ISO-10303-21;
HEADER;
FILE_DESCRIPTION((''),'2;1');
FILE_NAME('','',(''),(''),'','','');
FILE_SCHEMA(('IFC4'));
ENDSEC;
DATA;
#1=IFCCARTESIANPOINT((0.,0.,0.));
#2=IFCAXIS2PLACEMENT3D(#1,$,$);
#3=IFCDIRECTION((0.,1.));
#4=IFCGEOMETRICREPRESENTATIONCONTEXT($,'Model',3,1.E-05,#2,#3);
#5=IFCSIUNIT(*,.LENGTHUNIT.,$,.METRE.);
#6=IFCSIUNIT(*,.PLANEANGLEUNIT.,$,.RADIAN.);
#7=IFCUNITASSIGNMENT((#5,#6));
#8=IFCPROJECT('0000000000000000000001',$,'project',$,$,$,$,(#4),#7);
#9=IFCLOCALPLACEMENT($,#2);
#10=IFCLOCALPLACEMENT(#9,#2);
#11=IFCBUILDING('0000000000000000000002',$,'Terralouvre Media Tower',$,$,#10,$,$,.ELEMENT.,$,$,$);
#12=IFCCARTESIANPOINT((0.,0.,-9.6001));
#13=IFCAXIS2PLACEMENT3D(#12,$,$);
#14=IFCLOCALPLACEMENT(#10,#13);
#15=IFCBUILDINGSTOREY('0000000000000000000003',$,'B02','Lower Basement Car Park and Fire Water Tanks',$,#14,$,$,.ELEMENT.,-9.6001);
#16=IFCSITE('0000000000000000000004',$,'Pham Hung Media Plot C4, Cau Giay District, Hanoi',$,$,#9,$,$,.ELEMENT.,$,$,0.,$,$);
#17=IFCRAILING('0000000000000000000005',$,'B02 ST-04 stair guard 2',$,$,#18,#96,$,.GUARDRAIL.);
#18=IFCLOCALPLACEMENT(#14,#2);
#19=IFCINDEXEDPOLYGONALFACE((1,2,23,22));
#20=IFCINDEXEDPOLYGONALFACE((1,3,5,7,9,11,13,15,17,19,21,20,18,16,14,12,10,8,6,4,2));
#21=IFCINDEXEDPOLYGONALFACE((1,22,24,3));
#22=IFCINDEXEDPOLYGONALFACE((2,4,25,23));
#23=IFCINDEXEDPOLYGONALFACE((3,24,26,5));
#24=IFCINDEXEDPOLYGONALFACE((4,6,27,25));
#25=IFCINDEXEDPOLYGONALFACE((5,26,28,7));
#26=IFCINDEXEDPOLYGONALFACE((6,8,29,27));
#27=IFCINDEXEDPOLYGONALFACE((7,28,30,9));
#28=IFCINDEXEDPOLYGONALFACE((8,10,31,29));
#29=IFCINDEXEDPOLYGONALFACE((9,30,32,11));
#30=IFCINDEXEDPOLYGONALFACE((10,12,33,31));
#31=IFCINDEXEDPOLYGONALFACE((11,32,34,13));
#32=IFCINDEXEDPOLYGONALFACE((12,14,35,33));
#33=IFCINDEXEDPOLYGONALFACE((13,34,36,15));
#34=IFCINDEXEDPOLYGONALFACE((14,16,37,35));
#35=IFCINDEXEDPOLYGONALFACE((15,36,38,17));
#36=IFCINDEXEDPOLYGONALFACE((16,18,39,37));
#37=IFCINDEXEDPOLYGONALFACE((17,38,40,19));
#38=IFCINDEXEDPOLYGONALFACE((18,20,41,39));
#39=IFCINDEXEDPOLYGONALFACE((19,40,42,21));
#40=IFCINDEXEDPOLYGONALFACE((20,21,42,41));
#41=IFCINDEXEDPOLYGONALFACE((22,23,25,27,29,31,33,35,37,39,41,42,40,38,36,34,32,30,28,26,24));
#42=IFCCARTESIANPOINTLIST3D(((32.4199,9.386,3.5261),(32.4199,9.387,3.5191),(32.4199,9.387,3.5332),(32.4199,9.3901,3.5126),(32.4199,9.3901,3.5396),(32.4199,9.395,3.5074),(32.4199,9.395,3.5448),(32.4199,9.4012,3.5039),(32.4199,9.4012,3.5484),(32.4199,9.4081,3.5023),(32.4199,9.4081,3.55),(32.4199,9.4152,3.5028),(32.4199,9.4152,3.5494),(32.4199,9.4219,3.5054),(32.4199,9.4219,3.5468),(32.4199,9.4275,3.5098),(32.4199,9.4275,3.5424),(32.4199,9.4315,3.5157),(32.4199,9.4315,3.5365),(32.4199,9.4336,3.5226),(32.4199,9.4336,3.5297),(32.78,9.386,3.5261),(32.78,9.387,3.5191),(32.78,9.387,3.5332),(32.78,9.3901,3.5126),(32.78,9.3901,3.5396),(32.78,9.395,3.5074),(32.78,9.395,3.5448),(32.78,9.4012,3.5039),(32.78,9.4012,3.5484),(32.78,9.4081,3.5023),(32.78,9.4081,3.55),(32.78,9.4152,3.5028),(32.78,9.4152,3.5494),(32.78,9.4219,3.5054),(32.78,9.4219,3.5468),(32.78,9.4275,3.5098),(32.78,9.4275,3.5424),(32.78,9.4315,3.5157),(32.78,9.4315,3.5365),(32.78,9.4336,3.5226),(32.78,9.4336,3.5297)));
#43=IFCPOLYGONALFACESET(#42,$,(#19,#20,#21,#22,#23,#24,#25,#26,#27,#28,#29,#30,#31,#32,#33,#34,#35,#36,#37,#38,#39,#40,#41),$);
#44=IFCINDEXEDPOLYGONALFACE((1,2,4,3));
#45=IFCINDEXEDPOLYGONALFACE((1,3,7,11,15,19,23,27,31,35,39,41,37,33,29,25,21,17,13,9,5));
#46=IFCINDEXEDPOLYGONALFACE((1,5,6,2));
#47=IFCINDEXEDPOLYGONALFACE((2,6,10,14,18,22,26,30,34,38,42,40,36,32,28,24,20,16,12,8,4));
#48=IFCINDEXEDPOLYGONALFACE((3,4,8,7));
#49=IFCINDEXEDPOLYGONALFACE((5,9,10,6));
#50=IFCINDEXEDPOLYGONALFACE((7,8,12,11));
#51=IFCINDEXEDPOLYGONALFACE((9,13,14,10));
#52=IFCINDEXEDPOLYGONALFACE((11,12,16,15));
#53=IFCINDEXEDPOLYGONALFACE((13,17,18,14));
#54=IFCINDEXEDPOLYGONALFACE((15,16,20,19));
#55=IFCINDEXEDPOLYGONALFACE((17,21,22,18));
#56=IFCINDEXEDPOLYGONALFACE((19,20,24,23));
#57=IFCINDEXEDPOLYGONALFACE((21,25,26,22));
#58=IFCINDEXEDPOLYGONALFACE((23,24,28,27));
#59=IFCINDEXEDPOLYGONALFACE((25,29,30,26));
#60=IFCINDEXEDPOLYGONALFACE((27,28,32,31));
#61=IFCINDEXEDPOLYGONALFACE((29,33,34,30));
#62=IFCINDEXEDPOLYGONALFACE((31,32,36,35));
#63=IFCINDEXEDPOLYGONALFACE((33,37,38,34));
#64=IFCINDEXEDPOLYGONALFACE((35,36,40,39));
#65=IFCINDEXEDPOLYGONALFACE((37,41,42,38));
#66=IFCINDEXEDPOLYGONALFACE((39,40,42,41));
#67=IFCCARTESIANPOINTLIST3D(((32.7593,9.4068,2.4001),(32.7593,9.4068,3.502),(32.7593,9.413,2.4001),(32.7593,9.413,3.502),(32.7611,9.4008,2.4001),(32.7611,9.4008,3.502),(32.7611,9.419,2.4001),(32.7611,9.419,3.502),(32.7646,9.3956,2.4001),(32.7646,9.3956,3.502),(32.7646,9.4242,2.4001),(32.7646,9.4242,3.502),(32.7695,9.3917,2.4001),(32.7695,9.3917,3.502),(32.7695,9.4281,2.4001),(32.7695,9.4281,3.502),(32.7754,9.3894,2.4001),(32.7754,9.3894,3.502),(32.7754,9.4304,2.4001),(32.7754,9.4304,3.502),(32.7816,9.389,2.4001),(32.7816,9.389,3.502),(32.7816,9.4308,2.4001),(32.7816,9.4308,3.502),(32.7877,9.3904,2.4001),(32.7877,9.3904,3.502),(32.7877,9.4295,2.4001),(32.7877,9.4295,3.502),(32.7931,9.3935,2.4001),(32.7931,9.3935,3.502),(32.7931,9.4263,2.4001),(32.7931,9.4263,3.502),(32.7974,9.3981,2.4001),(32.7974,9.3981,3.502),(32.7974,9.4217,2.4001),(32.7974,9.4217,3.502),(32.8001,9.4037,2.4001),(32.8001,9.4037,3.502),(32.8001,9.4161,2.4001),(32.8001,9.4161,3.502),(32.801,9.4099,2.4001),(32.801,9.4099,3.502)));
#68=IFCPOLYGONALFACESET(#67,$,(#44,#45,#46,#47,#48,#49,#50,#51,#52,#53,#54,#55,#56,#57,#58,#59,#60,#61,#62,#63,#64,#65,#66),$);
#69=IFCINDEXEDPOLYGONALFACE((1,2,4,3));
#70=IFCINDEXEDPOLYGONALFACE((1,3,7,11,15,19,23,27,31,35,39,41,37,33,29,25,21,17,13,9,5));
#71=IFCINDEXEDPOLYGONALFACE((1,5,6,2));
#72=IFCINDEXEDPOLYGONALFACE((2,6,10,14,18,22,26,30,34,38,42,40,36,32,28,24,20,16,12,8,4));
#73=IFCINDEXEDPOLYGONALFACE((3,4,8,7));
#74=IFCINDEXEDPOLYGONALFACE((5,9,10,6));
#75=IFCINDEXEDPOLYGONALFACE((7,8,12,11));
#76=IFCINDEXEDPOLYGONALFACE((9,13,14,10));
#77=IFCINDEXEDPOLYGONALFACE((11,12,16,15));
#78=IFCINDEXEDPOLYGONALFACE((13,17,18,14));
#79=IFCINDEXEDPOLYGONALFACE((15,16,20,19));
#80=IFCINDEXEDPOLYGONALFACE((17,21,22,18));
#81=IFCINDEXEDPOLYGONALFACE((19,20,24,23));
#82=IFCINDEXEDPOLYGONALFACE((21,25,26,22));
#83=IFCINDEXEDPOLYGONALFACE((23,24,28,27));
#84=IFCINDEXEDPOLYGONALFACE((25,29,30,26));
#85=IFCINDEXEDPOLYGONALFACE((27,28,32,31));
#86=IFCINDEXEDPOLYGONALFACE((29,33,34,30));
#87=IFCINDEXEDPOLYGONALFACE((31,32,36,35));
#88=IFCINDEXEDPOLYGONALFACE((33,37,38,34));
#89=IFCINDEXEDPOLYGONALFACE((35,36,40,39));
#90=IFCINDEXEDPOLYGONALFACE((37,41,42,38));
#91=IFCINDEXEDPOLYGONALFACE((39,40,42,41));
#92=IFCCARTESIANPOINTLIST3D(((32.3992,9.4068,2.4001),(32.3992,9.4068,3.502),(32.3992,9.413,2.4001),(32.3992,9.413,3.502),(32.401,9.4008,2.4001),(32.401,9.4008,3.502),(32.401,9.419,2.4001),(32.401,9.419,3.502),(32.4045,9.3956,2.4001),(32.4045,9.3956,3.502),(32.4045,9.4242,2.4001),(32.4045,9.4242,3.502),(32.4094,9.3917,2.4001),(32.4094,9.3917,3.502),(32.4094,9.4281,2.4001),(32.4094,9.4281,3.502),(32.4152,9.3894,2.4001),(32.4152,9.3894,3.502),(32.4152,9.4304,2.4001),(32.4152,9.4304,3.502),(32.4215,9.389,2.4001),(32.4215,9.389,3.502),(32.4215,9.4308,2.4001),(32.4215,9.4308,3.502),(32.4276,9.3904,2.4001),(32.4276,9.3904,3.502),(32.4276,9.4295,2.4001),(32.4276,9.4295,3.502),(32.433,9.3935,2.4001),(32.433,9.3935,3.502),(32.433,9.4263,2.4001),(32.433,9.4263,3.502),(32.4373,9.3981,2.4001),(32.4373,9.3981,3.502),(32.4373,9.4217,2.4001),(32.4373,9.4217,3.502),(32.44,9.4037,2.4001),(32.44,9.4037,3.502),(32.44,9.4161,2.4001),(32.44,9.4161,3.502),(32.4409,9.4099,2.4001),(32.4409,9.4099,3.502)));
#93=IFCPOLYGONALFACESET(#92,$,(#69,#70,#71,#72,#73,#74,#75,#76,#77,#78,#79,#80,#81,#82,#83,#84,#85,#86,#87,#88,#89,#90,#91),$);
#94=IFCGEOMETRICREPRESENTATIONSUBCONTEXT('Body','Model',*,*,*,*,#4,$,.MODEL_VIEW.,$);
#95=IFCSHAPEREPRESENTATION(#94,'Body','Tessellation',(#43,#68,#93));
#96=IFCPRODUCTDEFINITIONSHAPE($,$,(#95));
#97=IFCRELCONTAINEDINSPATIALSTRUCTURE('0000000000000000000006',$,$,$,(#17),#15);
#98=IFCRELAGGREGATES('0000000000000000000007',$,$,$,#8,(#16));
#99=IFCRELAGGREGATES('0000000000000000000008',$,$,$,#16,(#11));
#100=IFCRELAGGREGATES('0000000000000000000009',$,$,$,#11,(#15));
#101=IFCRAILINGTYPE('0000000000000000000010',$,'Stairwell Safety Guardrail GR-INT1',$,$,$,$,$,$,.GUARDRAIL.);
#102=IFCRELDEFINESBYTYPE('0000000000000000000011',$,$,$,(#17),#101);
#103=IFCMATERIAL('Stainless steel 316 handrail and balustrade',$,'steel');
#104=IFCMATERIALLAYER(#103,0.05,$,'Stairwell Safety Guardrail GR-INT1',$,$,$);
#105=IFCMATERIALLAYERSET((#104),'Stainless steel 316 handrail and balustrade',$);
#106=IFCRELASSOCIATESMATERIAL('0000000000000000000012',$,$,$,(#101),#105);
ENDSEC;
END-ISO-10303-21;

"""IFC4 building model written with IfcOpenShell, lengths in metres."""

from ifc_helpers import new_model, si_unit, direction, frame, origin, origin_2d, place, context, subcontext, project, spatial, circle, extrude, material, layer, layer_set, type_object, element, save


model = new_model("IFC4")

# Units and contexts
model_context = context("Model", 3, precision=1e-05, world=origin(), true_north=direction((0.0, 1.0)))
body_context = subcontext(model_context, "Body", "Model", "MODEL_VIEW")
ifc_project = project(units=[si_unit("LENGTHUNIT", "METRE"), si_unit("PLANEANGLEUNIT", "RADIAN")], contexts=[model_context])

# Site, building, storey
site_placement = place(None, origin())
site = spatial("IfcSite", under=ifc_project, at=site_placement, Name="Pham Hung Media Plot C4, Cau Giay District, Hanoi", CompositionType="ELEMENT", RefElevation=0.0)
building_placement = place(site_placement, origin())
building = spatial("IfcBuilding", under=site, at=building_placement, Name="Terralouvre Media Tower", CompositionType="ELEMENT")
storey_placement = place(building_placement, frame((0.0, 0.0, -9.6001)))
storey = spatial("IfcBuildingStorey", under=building, at=storey_placement, Name="B02", Description="Lower Basement Car Park and Fire Water Tanks", CompositionType="ELEMENT", Elevation=-9.6001)

# Railing
ifc_material_1 = material(Name="Stainless steel 316 handrail and balustrade", Category="steel")
ifc_layer_1 = layer(ifc_material_1, 0.05, Name="Stairwell Safety Guardrail GR-INT1")
ifc_layer_set_1 = layer_set([ifc_layer_1], Name="Stainless steel 316 handrail and balustrade")
railing_type_1 = type_object("IfcRailingType", Name="Stairwell Safety Guardrail GR-INT1", PredefinedType="GUARDRAIL", material=ifc_layer_set_1)
railing_1_placement = place(storey_placement, frame((32.78, 9.4099, 2.4001)))
element("IfcRailing", 1, at=railing_1_placement, inside=storey, type_object=railing_type_1, Name="B02 ST-04 stair guard 2", PredefinedType="GUARDRAIL", context=body_context, shape_type="SweptSolid", body=[
    extrude(circle(Radius=0.0239, at=origin_2d()), frame((0.0, 0.0, 1.126), z_axis=(-1.0, 0.0, 0.0), x_axis=(0.0, -1.0, 0.0)), (0.0, 0.0, 1.0), 0.3601),
    extrude(circle(Radius=0.021, at=origin_2d()), origin(), (0.0, 0.0, 1.0), 1.1018),
    extrude(circle(Radius=0.021, at=origin_2d()), frame((-0.3601, 0.0, 0.0)), (0.0, 0.0, 1.0), 1.1018),
])

save(model, "model.ifc")
